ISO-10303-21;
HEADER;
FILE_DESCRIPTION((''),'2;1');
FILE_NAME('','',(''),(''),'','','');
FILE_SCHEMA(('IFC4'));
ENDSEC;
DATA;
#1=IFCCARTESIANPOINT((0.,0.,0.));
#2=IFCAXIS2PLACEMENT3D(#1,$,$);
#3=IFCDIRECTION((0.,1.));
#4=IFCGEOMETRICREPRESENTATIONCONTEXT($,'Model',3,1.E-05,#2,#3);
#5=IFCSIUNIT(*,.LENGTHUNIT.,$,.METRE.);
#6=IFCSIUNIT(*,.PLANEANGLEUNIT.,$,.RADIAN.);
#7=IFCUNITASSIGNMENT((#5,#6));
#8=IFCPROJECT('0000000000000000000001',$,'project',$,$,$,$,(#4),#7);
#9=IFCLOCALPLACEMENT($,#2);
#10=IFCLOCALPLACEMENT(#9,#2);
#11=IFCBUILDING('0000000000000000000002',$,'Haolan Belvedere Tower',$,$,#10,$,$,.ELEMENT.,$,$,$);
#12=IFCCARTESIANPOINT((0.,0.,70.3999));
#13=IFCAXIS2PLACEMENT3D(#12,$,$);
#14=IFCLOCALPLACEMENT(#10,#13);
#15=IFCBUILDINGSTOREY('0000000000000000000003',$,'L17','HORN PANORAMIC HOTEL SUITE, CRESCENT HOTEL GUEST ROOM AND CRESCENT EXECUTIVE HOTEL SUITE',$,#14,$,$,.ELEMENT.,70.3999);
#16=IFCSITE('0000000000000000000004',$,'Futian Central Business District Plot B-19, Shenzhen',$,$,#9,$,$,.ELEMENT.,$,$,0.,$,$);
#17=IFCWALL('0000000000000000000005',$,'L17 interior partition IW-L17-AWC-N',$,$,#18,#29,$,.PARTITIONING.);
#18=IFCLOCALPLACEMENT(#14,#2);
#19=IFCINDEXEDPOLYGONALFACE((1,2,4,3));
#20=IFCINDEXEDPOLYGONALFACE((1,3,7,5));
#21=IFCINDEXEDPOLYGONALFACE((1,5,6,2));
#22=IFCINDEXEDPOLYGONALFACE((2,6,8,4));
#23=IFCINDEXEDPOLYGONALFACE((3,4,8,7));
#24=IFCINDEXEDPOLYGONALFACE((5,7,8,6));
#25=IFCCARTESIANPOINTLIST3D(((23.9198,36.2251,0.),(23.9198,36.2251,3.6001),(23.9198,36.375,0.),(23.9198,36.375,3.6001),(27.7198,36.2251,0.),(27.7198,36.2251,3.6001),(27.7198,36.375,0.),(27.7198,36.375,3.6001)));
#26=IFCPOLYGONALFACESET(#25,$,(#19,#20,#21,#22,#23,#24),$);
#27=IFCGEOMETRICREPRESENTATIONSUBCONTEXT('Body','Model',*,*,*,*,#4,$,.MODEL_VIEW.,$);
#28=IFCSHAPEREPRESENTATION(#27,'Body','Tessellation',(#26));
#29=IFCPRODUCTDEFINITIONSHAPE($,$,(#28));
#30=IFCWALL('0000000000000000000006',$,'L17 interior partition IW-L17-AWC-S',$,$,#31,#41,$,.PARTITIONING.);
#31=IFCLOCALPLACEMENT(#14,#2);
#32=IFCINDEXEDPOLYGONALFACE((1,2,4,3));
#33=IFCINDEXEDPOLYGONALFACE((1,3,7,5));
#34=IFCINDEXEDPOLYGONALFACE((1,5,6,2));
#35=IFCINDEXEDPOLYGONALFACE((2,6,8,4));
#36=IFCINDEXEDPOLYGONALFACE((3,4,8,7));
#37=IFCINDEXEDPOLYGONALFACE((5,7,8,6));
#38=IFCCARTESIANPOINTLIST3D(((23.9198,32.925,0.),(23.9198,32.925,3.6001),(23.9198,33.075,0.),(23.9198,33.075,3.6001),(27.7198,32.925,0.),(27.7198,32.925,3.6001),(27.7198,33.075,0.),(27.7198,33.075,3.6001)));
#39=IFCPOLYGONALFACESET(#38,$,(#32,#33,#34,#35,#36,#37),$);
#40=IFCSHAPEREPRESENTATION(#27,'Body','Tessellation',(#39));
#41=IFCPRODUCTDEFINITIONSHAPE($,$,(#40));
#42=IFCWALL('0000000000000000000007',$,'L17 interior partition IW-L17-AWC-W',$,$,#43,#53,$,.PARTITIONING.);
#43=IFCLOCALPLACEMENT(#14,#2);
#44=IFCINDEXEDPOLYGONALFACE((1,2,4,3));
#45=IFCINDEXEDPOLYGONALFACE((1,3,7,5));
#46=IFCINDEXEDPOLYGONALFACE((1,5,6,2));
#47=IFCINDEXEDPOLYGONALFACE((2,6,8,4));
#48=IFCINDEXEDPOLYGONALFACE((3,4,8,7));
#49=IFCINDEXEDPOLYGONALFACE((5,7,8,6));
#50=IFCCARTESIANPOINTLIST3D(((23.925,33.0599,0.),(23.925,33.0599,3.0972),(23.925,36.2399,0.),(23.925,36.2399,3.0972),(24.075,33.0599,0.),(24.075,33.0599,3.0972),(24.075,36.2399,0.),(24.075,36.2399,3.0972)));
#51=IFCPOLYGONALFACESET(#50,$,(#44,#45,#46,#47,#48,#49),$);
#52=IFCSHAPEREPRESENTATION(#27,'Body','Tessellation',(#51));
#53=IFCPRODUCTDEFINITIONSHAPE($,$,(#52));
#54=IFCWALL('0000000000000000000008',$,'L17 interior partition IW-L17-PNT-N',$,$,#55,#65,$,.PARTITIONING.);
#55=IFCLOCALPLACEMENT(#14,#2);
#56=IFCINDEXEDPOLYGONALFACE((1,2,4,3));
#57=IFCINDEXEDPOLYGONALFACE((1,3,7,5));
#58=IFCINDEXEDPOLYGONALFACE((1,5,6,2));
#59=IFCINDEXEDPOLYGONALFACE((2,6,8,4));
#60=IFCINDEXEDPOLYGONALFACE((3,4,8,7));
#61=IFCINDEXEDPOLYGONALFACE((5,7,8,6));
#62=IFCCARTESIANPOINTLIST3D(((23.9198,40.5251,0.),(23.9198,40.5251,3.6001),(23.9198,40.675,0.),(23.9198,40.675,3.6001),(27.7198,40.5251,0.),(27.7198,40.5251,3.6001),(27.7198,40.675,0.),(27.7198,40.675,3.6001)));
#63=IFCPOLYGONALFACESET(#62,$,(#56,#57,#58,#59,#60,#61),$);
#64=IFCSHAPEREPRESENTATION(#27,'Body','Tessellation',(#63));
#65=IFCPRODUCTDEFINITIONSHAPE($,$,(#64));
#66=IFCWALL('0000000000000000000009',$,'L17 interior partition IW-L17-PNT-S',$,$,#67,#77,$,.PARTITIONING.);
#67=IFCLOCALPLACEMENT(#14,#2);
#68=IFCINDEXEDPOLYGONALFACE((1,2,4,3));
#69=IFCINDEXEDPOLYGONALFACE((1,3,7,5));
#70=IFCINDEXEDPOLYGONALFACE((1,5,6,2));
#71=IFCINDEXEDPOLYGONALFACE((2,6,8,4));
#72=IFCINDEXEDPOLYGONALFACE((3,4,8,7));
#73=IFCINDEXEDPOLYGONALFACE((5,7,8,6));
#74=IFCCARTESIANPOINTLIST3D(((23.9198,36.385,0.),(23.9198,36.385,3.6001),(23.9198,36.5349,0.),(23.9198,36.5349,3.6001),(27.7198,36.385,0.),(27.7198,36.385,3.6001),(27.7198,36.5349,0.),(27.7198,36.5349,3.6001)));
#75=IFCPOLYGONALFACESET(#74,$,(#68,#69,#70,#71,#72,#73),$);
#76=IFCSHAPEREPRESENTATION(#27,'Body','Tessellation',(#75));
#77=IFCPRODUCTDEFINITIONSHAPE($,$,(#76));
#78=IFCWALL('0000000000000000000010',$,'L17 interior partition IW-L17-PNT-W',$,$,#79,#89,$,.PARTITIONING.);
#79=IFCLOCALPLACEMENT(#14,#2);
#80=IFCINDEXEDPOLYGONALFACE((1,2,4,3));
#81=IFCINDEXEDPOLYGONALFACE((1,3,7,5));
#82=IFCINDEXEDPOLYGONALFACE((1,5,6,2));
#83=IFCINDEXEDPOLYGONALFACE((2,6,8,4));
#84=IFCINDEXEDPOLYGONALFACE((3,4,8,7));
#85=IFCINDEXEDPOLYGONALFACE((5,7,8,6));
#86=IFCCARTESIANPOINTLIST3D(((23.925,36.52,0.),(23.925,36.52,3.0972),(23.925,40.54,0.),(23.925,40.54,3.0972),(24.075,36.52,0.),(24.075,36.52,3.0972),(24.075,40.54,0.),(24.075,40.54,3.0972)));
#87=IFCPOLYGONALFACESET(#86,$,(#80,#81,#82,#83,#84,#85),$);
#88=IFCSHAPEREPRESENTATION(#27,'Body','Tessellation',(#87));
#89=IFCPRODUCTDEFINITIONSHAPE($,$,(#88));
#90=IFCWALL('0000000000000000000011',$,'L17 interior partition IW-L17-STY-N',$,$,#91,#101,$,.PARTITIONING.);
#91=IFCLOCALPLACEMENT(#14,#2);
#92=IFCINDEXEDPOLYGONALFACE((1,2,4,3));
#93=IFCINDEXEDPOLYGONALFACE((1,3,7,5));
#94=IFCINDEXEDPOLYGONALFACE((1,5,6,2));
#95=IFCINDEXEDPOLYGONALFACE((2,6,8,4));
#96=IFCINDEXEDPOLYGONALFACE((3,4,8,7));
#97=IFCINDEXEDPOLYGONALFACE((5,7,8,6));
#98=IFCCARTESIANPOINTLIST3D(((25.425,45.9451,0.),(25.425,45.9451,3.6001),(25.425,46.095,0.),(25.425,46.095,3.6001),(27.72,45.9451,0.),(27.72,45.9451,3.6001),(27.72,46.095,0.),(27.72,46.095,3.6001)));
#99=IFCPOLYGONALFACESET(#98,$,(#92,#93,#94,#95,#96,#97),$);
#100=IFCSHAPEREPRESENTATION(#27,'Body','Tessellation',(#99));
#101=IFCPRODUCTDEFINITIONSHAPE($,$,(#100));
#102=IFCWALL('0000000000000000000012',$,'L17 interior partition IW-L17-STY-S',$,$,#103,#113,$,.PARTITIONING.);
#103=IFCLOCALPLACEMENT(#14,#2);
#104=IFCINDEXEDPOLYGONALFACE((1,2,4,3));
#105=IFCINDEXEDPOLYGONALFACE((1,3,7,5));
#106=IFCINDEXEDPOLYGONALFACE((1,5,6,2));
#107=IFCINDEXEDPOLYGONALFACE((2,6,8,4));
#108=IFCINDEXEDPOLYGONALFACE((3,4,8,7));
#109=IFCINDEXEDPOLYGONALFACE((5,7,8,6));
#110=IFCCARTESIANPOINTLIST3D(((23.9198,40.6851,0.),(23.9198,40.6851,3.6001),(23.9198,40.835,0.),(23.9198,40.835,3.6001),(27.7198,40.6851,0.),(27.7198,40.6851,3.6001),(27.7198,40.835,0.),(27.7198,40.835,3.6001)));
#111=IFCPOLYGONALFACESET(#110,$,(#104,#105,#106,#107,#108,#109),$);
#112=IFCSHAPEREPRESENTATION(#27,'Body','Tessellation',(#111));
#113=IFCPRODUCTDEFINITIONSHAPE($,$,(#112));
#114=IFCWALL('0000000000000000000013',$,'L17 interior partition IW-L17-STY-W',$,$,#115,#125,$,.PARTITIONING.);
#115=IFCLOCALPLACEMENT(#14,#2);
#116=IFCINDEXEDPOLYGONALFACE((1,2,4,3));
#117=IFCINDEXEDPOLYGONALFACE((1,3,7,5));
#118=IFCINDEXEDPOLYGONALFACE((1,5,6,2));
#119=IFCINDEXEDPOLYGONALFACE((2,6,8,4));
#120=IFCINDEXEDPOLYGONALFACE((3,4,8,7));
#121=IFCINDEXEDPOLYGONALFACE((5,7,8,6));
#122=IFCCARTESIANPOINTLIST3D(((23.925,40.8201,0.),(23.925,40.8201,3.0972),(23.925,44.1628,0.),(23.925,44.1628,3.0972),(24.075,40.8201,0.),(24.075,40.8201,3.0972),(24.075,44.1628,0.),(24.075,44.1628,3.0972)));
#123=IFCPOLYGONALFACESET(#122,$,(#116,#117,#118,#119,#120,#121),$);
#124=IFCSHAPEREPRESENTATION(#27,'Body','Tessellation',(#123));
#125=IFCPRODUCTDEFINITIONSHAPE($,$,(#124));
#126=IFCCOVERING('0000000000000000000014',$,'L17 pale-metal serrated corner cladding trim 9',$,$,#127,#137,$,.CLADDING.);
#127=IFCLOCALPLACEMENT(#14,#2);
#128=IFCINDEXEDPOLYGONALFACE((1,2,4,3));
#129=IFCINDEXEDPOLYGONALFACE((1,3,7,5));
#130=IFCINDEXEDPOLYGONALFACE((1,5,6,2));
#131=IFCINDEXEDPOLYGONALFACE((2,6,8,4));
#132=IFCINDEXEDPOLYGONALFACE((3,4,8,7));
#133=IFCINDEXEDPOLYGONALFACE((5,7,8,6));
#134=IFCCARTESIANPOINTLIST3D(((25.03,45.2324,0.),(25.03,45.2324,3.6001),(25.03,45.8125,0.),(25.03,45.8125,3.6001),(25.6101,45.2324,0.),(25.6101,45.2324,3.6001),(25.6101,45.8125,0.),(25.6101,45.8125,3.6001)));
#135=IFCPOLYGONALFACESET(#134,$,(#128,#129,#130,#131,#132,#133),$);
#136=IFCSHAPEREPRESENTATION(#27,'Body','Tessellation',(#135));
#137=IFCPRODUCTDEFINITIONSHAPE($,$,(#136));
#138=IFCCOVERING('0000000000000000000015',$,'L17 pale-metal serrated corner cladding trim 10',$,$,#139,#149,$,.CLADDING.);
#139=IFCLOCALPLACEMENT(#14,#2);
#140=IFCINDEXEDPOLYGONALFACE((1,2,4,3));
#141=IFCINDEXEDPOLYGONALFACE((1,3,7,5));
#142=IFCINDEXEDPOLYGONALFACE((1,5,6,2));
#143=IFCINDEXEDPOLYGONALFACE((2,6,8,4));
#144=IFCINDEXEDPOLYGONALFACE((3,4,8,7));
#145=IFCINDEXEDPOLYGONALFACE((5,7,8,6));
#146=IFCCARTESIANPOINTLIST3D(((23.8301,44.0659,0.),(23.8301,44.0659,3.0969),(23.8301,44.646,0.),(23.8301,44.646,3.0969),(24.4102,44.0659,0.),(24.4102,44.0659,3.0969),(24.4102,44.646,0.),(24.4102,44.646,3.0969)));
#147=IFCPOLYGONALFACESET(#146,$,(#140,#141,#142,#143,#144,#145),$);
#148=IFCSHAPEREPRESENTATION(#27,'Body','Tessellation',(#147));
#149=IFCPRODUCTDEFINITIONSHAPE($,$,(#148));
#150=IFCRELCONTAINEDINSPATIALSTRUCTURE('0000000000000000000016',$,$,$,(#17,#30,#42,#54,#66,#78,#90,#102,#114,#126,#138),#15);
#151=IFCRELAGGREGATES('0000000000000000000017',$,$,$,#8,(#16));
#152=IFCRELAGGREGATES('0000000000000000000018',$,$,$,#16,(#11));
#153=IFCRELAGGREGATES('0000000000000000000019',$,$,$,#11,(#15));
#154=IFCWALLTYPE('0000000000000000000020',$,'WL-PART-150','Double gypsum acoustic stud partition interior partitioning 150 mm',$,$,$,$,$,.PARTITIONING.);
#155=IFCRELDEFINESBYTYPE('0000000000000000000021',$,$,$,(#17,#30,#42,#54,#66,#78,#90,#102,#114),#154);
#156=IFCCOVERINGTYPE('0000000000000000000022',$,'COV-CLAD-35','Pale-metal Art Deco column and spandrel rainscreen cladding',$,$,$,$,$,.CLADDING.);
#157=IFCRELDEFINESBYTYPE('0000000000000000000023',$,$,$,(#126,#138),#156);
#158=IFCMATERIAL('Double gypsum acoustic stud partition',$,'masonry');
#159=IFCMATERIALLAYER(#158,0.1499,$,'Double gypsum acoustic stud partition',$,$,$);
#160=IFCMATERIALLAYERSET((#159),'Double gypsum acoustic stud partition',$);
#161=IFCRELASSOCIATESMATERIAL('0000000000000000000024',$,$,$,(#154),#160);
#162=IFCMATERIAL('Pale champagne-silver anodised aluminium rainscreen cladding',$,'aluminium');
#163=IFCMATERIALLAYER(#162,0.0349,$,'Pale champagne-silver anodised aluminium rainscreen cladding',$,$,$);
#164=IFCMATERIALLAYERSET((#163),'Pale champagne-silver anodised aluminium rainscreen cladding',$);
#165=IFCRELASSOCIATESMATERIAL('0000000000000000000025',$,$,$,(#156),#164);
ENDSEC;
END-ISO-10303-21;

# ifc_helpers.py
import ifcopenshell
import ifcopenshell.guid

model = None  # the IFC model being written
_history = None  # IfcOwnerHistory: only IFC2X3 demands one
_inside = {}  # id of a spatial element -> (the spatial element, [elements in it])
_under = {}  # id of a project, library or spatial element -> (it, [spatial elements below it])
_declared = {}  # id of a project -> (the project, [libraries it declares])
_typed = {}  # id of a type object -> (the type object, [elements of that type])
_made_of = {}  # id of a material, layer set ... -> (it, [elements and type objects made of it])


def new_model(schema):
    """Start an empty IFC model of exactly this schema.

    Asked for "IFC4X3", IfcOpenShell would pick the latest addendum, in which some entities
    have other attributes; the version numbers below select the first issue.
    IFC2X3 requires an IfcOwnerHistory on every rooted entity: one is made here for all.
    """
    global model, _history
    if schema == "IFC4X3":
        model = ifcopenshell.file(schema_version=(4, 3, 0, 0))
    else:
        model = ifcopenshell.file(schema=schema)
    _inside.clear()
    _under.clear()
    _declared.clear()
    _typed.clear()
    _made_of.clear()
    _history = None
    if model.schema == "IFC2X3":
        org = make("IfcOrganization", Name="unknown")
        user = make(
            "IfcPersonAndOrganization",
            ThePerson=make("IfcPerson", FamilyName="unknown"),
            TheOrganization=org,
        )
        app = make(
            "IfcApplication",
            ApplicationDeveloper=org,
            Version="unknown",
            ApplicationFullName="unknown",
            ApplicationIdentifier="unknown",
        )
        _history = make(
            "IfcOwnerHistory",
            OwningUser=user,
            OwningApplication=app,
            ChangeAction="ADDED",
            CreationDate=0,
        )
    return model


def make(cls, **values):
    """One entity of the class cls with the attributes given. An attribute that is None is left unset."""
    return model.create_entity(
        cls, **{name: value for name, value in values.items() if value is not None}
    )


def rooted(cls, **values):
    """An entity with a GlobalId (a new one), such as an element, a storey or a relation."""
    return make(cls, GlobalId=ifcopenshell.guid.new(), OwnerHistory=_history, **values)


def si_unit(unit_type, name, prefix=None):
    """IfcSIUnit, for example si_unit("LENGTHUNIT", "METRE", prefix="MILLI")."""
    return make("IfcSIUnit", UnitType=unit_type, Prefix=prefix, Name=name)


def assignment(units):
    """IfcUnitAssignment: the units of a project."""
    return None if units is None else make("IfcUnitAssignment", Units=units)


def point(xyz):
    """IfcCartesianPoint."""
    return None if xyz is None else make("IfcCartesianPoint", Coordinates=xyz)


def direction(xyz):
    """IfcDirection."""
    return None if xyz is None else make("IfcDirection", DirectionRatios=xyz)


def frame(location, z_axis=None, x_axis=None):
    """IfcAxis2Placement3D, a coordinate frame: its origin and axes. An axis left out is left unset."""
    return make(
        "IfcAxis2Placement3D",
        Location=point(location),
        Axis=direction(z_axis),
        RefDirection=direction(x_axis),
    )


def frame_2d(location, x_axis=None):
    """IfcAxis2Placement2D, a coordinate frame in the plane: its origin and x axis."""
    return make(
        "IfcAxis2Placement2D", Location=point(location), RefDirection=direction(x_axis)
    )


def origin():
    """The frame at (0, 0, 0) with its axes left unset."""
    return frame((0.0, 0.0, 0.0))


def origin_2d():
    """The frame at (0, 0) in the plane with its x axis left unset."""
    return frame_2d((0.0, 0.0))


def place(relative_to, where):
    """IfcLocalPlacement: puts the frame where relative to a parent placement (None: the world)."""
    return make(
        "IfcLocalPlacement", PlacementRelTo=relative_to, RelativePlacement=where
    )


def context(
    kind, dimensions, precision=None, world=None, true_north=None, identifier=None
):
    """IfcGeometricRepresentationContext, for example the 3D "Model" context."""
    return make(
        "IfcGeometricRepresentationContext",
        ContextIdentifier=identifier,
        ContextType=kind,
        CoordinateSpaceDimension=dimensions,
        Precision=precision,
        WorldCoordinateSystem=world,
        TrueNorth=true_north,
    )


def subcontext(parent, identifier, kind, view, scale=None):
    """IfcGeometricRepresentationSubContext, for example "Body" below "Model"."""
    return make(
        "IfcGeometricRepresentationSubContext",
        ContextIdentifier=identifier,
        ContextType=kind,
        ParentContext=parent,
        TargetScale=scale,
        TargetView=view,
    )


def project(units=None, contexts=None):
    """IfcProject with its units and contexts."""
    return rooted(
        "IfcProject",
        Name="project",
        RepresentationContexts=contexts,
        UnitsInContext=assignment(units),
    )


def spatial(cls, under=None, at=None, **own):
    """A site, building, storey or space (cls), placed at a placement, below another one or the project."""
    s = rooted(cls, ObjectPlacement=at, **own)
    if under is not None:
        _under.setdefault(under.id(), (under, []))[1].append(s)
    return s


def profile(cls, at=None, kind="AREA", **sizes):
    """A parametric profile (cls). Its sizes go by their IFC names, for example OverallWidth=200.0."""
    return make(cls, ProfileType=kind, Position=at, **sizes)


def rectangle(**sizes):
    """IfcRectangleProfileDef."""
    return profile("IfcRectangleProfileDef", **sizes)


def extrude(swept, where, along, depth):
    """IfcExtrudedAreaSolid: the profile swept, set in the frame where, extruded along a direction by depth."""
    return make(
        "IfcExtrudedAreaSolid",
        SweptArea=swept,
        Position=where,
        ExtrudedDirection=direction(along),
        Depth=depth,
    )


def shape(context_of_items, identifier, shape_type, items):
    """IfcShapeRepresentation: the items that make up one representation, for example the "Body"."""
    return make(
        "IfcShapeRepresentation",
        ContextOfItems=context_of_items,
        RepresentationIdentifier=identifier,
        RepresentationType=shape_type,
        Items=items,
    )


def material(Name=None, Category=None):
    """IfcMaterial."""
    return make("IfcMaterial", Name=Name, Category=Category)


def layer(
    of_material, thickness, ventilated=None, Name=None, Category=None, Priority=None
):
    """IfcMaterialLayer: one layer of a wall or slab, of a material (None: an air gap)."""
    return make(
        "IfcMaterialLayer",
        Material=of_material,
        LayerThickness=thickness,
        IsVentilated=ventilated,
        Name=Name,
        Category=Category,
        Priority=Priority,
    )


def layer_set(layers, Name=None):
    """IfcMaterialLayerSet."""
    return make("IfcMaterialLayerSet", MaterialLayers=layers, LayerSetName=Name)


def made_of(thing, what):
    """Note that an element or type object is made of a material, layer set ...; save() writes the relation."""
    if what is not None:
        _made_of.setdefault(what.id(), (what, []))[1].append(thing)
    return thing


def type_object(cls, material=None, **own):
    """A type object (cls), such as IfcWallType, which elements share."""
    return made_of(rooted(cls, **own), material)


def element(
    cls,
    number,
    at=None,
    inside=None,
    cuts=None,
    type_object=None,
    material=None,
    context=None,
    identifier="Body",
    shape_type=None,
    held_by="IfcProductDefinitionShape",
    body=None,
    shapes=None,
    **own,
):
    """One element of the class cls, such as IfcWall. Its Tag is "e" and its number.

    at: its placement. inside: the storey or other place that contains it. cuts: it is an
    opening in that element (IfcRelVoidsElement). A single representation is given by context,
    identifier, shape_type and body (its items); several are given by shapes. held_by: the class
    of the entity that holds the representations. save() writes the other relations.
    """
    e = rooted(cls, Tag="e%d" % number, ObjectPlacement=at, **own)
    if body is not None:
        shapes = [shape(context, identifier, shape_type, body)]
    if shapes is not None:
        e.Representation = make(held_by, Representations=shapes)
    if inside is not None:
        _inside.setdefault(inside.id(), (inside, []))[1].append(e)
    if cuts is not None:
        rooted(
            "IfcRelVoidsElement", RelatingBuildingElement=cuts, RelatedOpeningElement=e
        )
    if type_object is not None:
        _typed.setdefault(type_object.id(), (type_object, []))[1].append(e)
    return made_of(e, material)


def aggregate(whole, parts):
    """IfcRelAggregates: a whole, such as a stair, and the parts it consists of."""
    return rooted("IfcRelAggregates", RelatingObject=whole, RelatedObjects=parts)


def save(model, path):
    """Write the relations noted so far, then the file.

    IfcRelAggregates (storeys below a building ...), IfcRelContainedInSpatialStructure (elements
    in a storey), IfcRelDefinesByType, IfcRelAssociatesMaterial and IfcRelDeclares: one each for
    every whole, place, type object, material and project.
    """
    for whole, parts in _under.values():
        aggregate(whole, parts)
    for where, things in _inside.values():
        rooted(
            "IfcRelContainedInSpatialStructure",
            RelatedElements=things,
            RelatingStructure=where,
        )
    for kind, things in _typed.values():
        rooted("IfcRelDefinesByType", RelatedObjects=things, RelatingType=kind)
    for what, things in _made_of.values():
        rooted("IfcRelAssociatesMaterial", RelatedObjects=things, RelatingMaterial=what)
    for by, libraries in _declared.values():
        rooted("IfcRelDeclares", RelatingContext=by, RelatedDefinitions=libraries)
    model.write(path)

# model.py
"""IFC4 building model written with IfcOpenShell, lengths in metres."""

from ifc_helpers import new_model, si_unit, direction, frame, frame_2d, origin, origin_2d, place, context, subcontext, project, spatial, rectangle, extrude, material, layer, layer_set, type_object, element, save


model = new_model("IFC4")

# Units and contexts
model_context = context("Model", 3, precision=1e-05, world=origin(), true_north=direction((0.0, 1.0)))
body_context = subcontext(model_context, "Body", "Model", "MODEL_VIEW")
ifc_project = project(units=[si_unit("LENGTHUNIT", "METRE"), si_unit("PLANEANGLEUNIT", "RADIAN")], contexts=[model_context])

# Site, building, storey
site_placement = place(None, origin())
site = spatial("IfcSite", under=ifc_project, at=site_placement, Name="Futian Central Business District Plot B-19, Shenzhen", CompositionType="ELEMENT", RefElevation=0.0)
building_placement = place(site_placement, origin())
building = spatial("IfcBuilding", under=site, at=building_placement, Name="Haolan Belvedere Tower", CompositionType="ELEMENT")
storey_placement = place(building_placement, frame((0.0, 0.0, 70.3999)))
storey = spatial("IfcBuildingStorey", under=building, at=storey_placement, Name="L17", Description="HORN PANORAMIC HOTEL SUITE, CRESCENT HOTEL GUEST ROOM AND CRESCENT EXECUTIVE HOTEL SUITE", CompositionType="ELEMENT", Elevation=70.3999)

# Walls
ifc_material_1 = material(Name="Double gypsum acoustic stud partition", Category="masonry")
ifc_layer_1 = layer(ifc_material_1, 0.1499, Name="Double gypsum acoustic stud partition")
ifc_layer_set_1 = layer_set([ifc_layer_1], Name="Double gypsum acoustic stud partition")
wall_type_1 = type_object("IfcWallType", Name="WL-PART-150", Description="Double gypsum acoustic stud partition interior partitioning 150 mm", PredefinedType="PARTITIONING", material=ifc_layer_set_1)
for number, where, z_axis, x_axis, name in (
    (1, (23.9199, 36.3, 0.0), (0.0, 0.0, 1.0), (1.0, 0.0, 0.0), "L17 interior partition IW-L17-AWC-N"),
    (2, (23.9199, 33.0, 0.0), (0.0, 0.0, 1.0), (1.0, 0.0, 0.0), "L17 interior partition IW-L17-AWC-S"),
):
    element("IfcWall", number, at=place(storey_placement, frame(where, z_axis=z_axis, x_axis=x_axis)), inside=storey, type_object=wall_type_1, Name=name, PredefinedType="PARTITIONING", context=body_context, shape_type="SweptSolid", body=[
        extrude(rectangle(XDim=3.8, YDim=0.1499, at=frame_2d((1.8999, 0.0))), origin(), (0.0, 0.0, 1.0), 3.6001),
    ])
wall_1_placement = place(storey_placement, frame((24.0, 33.0601, 0.0), z_axis=(0.0, 0.0, 1.0), x_axis=(0.0, 1.0, 0.0)))
element("IfcWall", 3, at=wall_1_placement, inside=storey, type_object=wall_type_1, Name="L17 interior partition IW-L17-AWC-W", PredefinedType="PARTITIONING", context=body_context, shape_type="SweptSolid", body=[
    extrude(rectangle(XDim=3.1799, YDim=0.1499, at=frame_2d((1.5898, 0.0))), origin(), (0.0, 0.0, 1.0), 3.0972),
])
for number, where, z_axis, x_axis, name in (
    (4, (23.9199, 40.6001, 0.0), (0.0, 0.0, 1.0), (1.0, 0.0, 0.0), "L17 interior partition IW-L17-PNT-N"),
    (5, (23.9199, 36.46, 0.0), (0.0, 0.0, 1.0), (1.0, 0.0, 0.0), "L17 interior partition IW-L17-PNT-S"),
):
    element("IfcWall", number, at=place(storey_placement, frame(where, z_axis=z_axis, x_axis=x_axis)), inside=storey, type_object=wall_type_1, Name=name, PredefinedType="PARTITIONING", context=body_context, shape_type="SweptSolid", body=[
        extrude(rectangle(XDim=3.8, YDim=0.1499, at=frame_2d((1.8999, 0.0))), origin(), (0.0, 0.0, 1.0), 3.6001),
    ])
wall_2_placement = place(storey_placement, frame((24.0, 36.52, 0.0), z_axis=(0.0, 0.0, 1.0), x_axis=(0.0, 1.0, 0.0)))
element("IfcWall", 6, at=wall_2_placement, inside=storey, type_object=wall_type_1, Name="L17 interior partition IW-L17-PNT-W", PredefinedType="PARTITIONING", context=body_context, shape_type="SweptSolid", body=[
    extrude(rectangle(XDim=4.02, YDim=0.1499, at=frame_2d((2.01, 0.0))), origin(), (0.0, 0.0, 1.0), 3.0972),
])
wall_3_placement = place(storey_placement, frame((25.425, 46.02, 0.0), z_axis=(0.0, 0.0, 1.0), x_axis=(1.0, 0.0, 0.0)))
element("IfcWall", 7, at=wall_3_placement, inside=storey, type_object=wall_type_1, Name="L17 interior partition IW-L17-STY-N", PredefinedType="PARTITIONING", context=body_context, shape_type="SweptSolid", body=[
    extrude(rectangle(XDim=2.2949, YDim=0.1499, at=frame_2d((1.1475, 0.0))), origin(), (0.0, 0.0, 1.0), 3.6001),
])
wall_4_placement = place(storey_placement, frame((23.9199, 40.76, 0.0), z_axis=(0.0, 0.0, 1.0), x_axis=(1.0, 0.0, 0.0)))
element("IfcWall", 8, at=wall_4_placement, inside=storey, type_object=wall_type_1, Name="L17 interior partition IW-L17-STY-S", PredefinedType="PARTITIONING", context=body_context, shape_type="SweptSolid", body=[
    extrude(rectangle(XDim=3.8, YDim=0.1499, at=frame_2d((1.8999, 0.0))), origin(), (0.0, 0.0, 1.0), 3.6001),
])
wall_5_placement = place(storey_placement, frame((24.0, 40.8201, 0.0), z_axis=(0.0, 0.0, 1.0), x_axis=(0.0, 1.0, 0.0)))
element("IfcWall", 9, at=wall_5_placement, inside=storey, type_object=wall_type_1, Name="L17 interior partition IW-L17-STY-W", PredefinedType="PARTITIONING", context=body_context, shape_type="SweptSolid", body=[
    extrude(rectangle(XDim=3.3428, YDim=0.1499, at=frame_2d((1.6714, 0.0))), origin(), (0.0, 0.0, 1.0), 3.0972),
])

# Coverings
ifc_material_2 = material(Name="Pale champagne-silver anodised aluminium rainscreen cladding", Category="aluminium")
ifc_layer_2 = layer(ifc_material_2, 0.0349, Name="Pale champagne-silver anodised aluminium rainscreen cladding")
ifc_layer_set_2 = layer_set([ifc_layer_2], Name="Pale champagne-silver anodised aluminium rainscreen cladding")
covering_type = type_object("IfcCoveringType", Name="COV-CLAD-35", Description="Pale-metal Art Deco column and spandrel rainscreen cladding", PredefinedType="CLADDING", material=ifc_layer_set_2)
covering_1_placement = place(storey_placement, frame((25.3201, 45.5225, 0.0), z_axis=(0.0, 0.0, 1.0), x_axis=(1.0, 0.0, 0.0)))
element("IfcCovering", 10, at=covering_1_placement, inside=storey, type_object=covering_type, Name="L17 pale-metal serrated corner cladding trim 9", PredefinedType="CLADDING", context=body_context, shape_type="SweptSolid", body=[
    extrude(rectangle(XDim=0.5801, YDim=0.5801, at=origin_2d()), origin(), (0.0, 0.0, 1.0), 3.6001),
])
covering_2_placement = place(storey_placement, frame((24.1201, 44.356, 0.0), z_axis=(0.0, 0.0, 1.0), x_axis=(1.0, 0.0, 0.0)))
element("IfcCovering", 11, at=covering_2_placement, inside=storey, type_object=covering_type, Name="L17 pale-metal serrated corner cladding trim 10", PredefinedType="CLADDING", context=body_context, shape_type="SweptSolid", body=[
    extrude(rectangle(XDim=0.5801, YDim=0.5801, at=origin_2d()), origin(), (0.0, 0.0, 1.0), 3.0969),
])

save(model, "model.ifc")
